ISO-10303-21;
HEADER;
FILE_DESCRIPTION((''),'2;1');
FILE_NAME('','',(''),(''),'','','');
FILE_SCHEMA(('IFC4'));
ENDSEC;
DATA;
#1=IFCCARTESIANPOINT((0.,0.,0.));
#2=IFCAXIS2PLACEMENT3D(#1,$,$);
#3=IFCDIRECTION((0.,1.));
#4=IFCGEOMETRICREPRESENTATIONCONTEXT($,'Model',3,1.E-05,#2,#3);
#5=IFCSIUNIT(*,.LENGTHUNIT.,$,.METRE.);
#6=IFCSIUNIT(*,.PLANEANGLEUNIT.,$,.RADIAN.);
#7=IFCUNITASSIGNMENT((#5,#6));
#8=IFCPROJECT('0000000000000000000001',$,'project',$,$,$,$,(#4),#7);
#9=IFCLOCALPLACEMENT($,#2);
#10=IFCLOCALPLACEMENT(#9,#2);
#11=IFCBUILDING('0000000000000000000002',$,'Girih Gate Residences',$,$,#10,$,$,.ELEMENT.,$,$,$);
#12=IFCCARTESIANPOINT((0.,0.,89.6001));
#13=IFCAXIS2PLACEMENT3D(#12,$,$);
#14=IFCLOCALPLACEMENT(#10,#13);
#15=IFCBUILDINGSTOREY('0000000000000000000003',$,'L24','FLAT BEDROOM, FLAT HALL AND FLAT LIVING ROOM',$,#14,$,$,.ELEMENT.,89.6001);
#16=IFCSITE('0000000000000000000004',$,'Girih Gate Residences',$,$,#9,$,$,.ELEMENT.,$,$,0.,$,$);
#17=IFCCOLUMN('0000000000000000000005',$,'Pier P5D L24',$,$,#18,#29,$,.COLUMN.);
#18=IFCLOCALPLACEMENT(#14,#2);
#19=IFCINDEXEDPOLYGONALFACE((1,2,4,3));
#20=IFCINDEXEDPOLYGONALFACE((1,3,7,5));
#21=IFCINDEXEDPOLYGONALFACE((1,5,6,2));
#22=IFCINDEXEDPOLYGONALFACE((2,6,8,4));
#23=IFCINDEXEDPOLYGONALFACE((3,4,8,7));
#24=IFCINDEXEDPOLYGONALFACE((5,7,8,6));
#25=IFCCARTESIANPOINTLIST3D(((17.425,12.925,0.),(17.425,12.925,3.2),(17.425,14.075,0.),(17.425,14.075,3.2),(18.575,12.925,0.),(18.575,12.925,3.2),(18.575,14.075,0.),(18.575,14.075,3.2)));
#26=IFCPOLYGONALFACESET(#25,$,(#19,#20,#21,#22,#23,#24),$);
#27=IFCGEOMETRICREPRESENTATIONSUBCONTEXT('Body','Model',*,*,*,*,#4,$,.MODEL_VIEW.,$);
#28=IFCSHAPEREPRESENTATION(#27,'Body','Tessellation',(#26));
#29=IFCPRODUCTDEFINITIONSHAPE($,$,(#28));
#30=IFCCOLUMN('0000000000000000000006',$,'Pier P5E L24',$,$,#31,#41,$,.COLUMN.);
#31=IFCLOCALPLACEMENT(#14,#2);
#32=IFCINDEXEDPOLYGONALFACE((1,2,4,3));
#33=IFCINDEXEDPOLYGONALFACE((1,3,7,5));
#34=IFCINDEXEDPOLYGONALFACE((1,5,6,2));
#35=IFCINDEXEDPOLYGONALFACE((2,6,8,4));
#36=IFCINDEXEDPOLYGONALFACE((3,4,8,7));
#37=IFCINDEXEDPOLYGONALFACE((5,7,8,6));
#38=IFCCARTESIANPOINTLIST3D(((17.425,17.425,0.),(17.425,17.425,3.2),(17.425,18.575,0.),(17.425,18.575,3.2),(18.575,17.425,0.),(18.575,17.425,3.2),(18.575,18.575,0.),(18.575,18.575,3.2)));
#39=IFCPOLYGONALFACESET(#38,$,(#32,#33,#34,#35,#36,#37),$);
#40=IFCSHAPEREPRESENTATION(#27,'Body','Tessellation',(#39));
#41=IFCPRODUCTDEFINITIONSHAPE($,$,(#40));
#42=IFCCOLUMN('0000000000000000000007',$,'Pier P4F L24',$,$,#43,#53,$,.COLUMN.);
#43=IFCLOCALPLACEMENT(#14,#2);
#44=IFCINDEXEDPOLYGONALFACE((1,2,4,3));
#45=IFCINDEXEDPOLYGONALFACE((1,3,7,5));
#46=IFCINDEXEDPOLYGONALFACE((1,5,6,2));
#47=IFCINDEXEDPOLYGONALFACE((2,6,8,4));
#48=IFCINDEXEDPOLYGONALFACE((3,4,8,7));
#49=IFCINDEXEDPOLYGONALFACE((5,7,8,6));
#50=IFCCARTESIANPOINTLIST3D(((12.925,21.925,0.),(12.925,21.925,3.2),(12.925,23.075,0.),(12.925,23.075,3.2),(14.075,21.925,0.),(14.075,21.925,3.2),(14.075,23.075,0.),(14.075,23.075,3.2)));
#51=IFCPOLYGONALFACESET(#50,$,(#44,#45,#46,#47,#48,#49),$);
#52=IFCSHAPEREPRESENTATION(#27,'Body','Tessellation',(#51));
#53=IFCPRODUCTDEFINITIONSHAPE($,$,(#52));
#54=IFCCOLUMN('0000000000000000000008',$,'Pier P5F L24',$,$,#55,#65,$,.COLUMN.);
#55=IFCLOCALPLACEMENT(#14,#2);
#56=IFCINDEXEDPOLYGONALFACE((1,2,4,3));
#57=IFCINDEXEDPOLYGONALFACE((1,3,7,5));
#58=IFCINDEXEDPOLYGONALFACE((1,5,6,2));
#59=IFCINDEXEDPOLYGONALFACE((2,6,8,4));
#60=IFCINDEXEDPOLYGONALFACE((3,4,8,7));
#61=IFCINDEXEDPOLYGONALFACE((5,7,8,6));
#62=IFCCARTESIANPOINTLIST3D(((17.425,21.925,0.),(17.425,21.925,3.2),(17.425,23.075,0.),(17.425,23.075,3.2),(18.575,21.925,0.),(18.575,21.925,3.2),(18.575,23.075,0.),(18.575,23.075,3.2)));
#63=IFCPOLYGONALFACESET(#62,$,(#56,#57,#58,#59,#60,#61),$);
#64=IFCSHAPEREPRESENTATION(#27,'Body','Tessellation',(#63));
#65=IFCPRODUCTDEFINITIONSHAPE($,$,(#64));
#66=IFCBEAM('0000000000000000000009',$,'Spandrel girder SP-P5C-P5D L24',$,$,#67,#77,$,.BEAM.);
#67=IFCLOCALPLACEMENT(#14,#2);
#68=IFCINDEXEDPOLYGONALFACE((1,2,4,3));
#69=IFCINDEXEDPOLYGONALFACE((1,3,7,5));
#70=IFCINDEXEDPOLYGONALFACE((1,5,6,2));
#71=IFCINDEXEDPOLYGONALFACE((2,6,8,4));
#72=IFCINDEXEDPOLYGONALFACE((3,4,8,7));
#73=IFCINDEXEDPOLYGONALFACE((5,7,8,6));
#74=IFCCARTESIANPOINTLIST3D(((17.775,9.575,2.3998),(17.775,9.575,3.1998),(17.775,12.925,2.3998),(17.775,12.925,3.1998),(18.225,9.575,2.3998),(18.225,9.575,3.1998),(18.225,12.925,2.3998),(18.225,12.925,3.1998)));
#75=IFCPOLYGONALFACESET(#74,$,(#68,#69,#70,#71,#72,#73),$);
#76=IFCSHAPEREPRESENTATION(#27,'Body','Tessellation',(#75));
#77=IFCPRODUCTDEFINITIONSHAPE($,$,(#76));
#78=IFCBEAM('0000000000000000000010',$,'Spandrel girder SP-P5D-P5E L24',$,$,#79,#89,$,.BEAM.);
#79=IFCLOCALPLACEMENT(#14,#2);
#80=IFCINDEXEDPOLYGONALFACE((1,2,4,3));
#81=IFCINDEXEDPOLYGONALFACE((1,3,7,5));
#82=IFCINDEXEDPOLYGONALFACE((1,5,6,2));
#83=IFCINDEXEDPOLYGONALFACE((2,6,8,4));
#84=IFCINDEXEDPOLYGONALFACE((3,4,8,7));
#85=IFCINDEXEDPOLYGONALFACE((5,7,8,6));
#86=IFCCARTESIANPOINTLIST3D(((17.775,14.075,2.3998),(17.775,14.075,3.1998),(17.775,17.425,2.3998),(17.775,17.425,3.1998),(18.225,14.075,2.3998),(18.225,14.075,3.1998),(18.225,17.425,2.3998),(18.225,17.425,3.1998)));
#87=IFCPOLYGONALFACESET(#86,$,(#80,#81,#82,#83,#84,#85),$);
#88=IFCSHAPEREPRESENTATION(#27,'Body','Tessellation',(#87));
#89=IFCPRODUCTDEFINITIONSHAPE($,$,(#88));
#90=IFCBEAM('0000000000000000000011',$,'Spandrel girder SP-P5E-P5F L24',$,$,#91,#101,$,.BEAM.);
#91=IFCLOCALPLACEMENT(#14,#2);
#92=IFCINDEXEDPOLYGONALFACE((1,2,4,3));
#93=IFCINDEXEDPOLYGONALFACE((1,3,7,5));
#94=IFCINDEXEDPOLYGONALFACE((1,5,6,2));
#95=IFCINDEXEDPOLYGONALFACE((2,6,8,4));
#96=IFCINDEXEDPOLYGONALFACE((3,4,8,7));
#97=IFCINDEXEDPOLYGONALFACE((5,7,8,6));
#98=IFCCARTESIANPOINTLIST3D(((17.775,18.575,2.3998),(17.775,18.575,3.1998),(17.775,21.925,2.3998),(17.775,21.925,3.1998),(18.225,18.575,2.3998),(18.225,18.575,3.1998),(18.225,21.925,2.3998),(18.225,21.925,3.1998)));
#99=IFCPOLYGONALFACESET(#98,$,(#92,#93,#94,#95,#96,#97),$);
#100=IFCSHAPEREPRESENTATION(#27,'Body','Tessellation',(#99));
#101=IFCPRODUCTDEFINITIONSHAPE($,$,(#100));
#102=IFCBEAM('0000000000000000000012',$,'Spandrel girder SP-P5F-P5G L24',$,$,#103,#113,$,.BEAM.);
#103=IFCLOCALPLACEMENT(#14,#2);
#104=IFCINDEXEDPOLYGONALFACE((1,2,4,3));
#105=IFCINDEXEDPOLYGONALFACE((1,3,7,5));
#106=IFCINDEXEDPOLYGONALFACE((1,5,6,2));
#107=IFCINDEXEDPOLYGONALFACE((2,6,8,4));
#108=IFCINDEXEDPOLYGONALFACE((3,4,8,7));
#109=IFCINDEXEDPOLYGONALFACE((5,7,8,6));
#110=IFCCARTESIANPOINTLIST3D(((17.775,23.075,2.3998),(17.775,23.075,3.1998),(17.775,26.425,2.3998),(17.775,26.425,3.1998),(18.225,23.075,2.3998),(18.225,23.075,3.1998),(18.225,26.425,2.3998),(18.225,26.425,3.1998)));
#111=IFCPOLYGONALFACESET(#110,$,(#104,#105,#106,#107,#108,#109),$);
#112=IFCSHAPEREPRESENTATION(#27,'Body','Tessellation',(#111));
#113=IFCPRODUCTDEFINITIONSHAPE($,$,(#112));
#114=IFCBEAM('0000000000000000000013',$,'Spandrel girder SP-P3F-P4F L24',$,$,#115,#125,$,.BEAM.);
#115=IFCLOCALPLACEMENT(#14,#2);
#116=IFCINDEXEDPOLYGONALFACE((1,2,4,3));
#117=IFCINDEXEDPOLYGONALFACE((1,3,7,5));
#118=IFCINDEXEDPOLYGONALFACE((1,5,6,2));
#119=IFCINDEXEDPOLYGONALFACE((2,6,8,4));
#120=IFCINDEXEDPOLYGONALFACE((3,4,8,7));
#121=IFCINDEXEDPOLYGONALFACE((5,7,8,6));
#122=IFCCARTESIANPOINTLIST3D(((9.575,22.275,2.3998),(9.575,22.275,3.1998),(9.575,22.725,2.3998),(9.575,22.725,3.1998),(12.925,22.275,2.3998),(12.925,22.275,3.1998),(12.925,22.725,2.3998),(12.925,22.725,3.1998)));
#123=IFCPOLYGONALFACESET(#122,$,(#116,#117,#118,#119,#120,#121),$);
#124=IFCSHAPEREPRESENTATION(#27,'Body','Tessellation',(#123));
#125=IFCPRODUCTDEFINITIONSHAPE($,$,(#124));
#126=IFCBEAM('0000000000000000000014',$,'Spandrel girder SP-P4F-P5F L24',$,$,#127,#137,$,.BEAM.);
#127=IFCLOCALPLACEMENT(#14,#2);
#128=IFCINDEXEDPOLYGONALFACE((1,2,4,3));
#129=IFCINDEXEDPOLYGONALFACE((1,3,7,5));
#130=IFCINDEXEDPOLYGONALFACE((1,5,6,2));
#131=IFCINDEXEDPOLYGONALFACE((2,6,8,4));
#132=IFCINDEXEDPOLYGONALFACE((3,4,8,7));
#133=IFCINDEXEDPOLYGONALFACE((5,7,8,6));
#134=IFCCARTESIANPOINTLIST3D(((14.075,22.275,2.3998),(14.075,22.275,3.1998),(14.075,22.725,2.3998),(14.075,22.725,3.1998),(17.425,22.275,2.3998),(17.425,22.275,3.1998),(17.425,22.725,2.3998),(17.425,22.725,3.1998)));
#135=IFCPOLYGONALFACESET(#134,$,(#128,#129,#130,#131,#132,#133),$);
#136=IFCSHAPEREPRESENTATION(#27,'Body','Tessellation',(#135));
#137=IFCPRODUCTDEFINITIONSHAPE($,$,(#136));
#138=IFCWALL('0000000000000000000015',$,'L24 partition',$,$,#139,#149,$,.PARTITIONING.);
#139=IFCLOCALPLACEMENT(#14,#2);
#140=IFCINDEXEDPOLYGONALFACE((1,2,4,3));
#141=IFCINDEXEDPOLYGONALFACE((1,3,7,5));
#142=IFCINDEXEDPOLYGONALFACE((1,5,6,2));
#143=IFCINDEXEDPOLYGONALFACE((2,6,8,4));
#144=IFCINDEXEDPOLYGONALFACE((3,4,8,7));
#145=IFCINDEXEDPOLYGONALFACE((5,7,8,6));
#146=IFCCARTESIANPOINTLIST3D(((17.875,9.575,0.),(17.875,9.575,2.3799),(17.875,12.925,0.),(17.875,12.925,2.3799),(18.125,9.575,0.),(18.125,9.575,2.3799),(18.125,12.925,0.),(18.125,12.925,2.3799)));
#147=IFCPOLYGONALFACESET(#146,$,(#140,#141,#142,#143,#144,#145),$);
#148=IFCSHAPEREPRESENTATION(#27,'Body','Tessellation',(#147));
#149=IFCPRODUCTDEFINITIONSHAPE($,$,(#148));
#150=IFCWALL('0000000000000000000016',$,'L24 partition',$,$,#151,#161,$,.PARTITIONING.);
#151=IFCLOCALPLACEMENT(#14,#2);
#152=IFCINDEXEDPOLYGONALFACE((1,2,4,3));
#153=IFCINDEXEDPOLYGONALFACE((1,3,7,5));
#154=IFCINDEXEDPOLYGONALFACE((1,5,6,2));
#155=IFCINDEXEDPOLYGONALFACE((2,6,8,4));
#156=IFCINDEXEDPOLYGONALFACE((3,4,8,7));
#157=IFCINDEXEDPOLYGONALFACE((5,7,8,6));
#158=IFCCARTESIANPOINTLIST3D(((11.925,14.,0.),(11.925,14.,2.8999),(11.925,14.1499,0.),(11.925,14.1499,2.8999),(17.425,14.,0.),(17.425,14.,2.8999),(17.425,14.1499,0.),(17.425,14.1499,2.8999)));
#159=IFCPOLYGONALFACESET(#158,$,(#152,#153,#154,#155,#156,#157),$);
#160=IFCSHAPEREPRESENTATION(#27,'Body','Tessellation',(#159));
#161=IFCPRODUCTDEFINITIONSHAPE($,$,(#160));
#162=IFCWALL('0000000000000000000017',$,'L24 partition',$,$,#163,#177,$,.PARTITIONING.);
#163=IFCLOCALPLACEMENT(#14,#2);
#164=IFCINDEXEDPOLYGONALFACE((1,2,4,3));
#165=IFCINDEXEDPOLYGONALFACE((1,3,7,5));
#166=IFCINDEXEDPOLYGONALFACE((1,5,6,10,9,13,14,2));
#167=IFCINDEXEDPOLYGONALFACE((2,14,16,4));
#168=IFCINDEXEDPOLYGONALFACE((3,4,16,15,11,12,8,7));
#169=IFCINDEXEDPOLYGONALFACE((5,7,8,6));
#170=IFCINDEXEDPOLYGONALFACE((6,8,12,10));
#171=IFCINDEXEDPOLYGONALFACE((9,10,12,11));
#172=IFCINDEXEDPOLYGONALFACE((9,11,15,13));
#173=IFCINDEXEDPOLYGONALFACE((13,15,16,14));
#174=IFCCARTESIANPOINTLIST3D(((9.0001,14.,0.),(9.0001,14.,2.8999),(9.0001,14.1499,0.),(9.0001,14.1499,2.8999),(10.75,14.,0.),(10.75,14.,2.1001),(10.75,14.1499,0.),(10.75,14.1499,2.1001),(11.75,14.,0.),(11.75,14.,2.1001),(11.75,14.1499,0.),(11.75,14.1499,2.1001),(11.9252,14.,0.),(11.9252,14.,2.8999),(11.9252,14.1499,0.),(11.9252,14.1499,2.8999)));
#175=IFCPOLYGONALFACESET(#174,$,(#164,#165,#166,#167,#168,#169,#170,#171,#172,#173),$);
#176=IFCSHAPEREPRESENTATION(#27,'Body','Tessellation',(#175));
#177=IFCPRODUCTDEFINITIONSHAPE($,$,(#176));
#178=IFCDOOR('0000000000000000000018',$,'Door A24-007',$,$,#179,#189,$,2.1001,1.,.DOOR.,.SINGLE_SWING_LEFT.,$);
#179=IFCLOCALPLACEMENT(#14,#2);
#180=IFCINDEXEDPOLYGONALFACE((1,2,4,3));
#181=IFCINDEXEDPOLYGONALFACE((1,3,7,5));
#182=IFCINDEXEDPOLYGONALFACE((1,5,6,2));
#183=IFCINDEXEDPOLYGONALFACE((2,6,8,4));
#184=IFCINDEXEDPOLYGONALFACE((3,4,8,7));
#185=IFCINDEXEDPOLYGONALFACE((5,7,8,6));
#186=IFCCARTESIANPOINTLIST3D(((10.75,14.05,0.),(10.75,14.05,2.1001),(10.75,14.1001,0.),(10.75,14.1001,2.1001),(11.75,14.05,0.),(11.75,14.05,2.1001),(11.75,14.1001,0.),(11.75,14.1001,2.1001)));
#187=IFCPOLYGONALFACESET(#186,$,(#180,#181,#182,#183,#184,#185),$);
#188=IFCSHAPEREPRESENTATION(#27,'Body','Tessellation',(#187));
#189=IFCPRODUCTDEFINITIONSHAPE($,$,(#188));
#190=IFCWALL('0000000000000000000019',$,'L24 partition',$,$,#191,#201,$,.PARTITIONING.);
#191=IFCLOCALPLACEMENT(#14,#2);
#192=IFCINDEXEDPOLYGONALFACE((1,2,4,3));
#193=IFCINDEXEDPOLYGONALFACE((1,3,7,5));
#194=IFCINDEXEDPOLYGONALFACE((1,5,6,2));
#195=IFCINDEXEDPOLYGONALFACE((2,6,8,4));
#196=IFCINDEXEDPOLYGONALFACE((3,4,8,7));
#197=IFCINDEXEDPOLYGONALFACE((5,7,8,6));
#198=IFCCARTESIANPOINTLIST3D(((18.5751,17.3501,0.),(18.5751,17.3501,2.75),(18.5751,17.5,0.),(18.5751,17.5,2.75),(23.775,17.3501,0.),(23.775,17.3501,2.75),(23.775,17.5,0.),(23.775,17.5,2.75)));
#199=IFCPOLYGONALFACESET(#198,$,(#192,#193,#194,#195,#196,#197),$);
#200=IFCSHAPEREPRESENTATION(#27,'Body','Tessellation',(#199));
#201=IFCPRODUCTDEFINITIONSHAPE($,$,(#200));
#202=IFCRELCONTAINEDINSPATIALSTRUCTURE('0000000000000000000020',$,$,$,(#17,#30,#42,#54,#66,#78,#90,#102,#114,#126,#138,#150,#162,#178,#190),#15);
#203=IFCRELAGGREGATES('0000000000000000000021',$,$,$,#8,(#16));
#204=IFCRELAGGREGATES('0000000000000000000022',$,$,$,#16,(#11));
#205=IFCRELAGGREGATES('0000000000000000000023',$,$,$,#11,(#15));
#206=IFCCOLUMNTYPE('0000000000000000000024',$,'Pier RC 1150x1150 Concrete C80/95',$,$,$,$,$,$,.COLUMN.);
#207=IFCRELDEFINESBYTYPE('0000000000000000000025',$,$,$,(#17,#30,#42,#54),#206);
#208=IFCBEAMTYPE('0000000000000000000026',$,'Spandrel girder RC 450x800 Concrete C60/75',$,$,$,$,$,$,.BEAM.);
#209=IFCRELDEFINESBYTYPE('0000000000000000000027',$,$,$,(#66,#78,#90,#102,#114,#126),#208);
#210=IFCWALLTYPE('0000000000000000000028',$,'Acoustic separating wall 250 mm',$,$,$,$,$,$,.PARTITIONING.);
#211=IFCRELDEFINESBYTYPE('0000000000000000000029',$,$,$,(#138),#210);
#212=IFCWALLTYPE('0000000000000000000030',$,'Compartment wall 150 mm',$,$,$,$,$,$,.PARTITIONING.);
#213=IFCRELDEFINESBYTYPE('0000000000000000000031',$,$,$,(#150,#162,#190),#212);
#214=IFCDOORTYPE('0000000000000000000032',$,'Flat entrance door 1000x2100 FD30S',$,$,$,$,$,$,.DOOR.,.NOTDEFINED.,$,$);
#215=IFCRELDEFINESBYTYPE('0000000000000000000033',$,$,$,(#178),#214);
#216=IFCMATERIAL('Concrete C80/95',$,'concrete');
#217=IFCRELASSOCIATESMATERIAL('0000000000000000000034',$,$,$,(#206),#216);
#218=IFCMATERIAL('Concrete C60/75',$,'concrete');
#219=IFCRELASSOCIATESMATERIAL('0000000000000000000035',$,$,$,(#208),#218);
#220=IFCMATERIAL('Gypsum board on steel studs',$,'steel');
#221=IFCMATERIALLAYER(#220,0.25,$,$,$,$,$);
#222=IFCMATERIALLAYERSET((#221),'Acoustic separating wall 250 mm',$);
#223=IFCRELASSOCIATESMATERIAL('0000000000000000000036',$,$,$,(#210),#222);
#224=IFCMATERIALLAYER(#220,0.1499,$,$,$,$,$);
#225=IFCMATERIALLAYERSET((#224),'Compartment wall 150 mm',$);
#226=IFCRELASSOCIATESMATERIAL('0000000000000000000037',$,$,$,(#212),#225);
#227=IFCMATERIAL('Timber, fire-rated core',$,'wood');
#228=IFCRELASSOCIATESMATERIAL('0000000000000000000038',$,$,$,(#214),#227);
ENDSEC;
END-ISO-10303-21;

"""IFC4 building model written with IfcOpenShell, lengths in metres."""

from ifc_helpers import new_model, si_unit, direction, frame, frame_2d, origin, origin_2d, place, context, subcontext, project, spatial, rectangle, extrude, material, layer, layer_set, material_profile, profile_set, type_object, element, fill, save


model = new_model("IFC4")

# Units and contexts
model_context = context("Model", 3, precision=1e-05, world=origin(), true_north=direction((0.0, 1.0)))
body_context = subcontext(model_context, "Body", "Model", "MODEL_VIEW")
ifc_project = project(units=[si_unit("LENGTHUNIT", "METRE"), si_unit("PLANEANGLEUNIT", "RADIAN")], contexts=[model_context])

# Site, building, storey
site_placement = place(None, origin())
site = spatial("IfcSite", under=ifc_project, at=site_placement, Name="Girih Gate Residences", CompositionType="ELEMENT", RefElevation=0.0)
building_placement = place(site_placement, origin())
building = spatial("IfcBuilding", under=site, at=building_placement, Name="Girih Gate Residences", CompositionType="ELEMENT")
storey_placement = place(building_placement, frame((0.0, 0.0, 89.6001)))
storey = spatial("IfcBuildingStorey", under=building, at=storey_placement, Name="L24", Description="FLAT BEDROOM, FLAT HALL AND FLAT LIVING ROOM", CompositionType="ELEMENT", Elevation=89.6001)

# Columns
ifc_material_1 = material(Name="Concrete C80/95", Category="concrete")
ifc_material_profile_1 = material_profile(ifc_material_1, rectangle(XDim=1.1499, YDim=1.1499, at=origin_2d()))
ifc_profile_set_1 = profile_set([ifc_material_profile_1], Name="Concrete C80/95")
column_type = type_object("IfcColumnType", Name="Pier RC 1150x1150 Concrete C80/95", PredefinedType="COLUMN", material=ifc_profile_set_1)
for number, where, z_axis, x_axis, name in (
    (1, (18.0, 13.5, 0.0), (0.0, 0.0, 1.0), (1.0, 0.0, 0.0), "Pier P5D L24"),
    (2, (18.0, 18.0, 0.0), (0.0, 0.0, 1.0), (1.0, 0.0, 0.0), "Pier P5E L24"),
    (3, (13.5, 22.5, 0.0), (0.0, 0.0, 1.0), (1.0, 0.0, 0.0), "Pier P4F L24"),
    (4, (18.0, 22.5, 0.0), (0.0, 0.0, 1.0), (1.0, 0.0, 0.0), "Pier P5F L24"),
):
    element("IfcColumn", number, at=place(storey_placement, frame(where, z_axis=z_axis, x_axis=x_axis)), inside=storey, type_object=column_type, Name=name, PredefinedType="COLUMN", context=body_context, shape_type="SweptSolid", body=[
        extrude(rectangle(XDim=1.1499, YDim=1.1499, at=origin_2d()), origin(), (0.0, 0.0, 1.0), 3.2),
    ])

# Beams
ifc_material_2 = material(Name="Concrete C60/75", Category="concrete")
ifc_material_profile_2 = material_profile(ifc_material_2, rectangle(XDim=0.45, YDim=0.8, at=origin_2d()))
ifc_profile_set_2 = profile_set([ifc_material_profile_2], Name="Concrete C60/75")
beam_type = type_object("IfcBeamType", Name="Spandrel girder RC 450x800 Concrete C60/75", PredefinedType="BEAM", material=ifc_profile_set_2)
for number, where, z_axis, x_axis, name in (
    (5, (18.0, 9.575, 2.7998), (0.0, 1.0, 0.0), (-1.0, 0.0, 0.0), "Spandrel girder SP-P5C-P5D L24"),
    (6, (18.0, 14.075, 2.7998), (0.0, 1.0, 0.0), (-1.0, 0.0, 0.0), "Spandrel girder SP-P5D-P5E L24"),
    (7, (18.0, 18.575, 2.7998), (0.0, 1.0, 0.0), (-1.0, 0.0, 0.0), "Spandrel girder SP-P5E-P5F L24"),
    (8, (18.0, 23.075, 2.7998), (0.0, 1.0, 0.0), (-1.0, 0.0, 0.0), "Spandrel girder SP-P5F-P5G L24"),
    (9, (9.575, 22.5, 2.7998), (1.0, 0.0, 0.0), (0.0, 1.0, 0.0), "Spandrel girder SP-P3F-P4F L24"),
    (10, (14.075, 22.5, 2.7998), (1.0, 0.0, 0.0), (0.0, 1.0, 0.0), "Spandrel girder SP-P4F-P5F L24"),
):
    element("IfcBeam", number, at=place(storey_placement, frame(where, z_axis=z_axis, x_axis=x_axis)), inside=storey, type_object=beam_type, Name=name, PredefinedType="BEAM", context=body_context, shape_type="SweptSolid", body=[
        extrude(rectangle(XDim=0.45, YDim=0.8, at=origin_2d()), origin(), (0.0, 0.0, 1.0), 3.3501),
    ])

# Walls
ifc_material_3 = material(Name="Gypsum board on steel studs", Category="steel")
ifc_layer_1 = layer(ifc_material_3, 0.25)
ifc_layer_set_1 = layer_set([ifc_layer_1], Name="Acoustic separating wall 250 mm")
wall_type_1 = type_object("IfcWallType", Name="Acoustic separating wall 250 mm", PredefinedType="PARTITIONING", material=ifc_layer_set_1)
wall_1_placement = place(storey_placement, frame((18.0, 9.575, 0.0), z_axis=(0.0, 0.0, 1.0), x_axis=(0.0, 1.0, 0.0)))
element("IfcWall", 11, at=wall_1_placement, inside=storey, type_object=wall_type_1, Name="L24 partition", PredefinedType="PARTITIONING", context=body_context, shape_type="SweptSolid", body=[
    extrude(rectangle(XDim=3.3501, YDim=0.25, at=frame_2d((1.675, 0.0))), origin(), (0.0, 0.0, 1.0), 2.3799),
])
ifc_layer_2 = layer(ifc_material_3, 0.1499)
ifc_layer_set_2 = layer_set([ifc_layer_2], Name="Compartment wall 150 mm")
wall_type_2 = type_object("IfcWallType", Name="Compartment wall 150 mm", PredefinedType="PARTITIONING", material=ifc_layer_set_2)
wall_2_placement = place(storey_placement, frame((11.925, 14.075, 0.0), z_axis=(0.0, 0.0, 1.0), x_axis=(1.0, 0.0, 0.0)))
element("IfcWall", 12, at=wall_2_placement, inside=storey, type_object=wall_type_2, Name="L24 partition", PredefinedType="PARTITIONING", context=body_context, shape_type="SweptSolid", body=[
    extrude(rectangle(XDim=5.5, YDim=0.1499, at=frame_2d((2.75, 0.0))), origin(), (0.0, 0.0, 1.0), 2.8999),
])

# Wall, opening, door
wall_3_placement = place(storey_placement, frame((11.925, 14.075, 0.0), z_axis=(0.0, 0.0, 1.0), x_axis=(-1.0, 0.0, 0.0)))
wall_3 = element("IfcWall", 13, at=wall_3_placement, inside=storey, type_object=wall_type_2, Name="L24 partition", PredefinedType="PARTITIONING", context=body_context, shape_type="SweptSolid", body=[
    extrude(rectangle(XDim=2.925, YDim=0.1499, at=frame_2d((1.4624, 0.0))), origin(), (0.0, 0.0, 1.0), 2.8999),
])
opening_1_placement = place(wall_3_placement, frame((0.175, 0.0, 0.0)))
opening_1 = element("IfcOpeningElement", 14, at=opening_1_placement, cuts=wall_3, PredefinedType="OPENING", context=body_context, shape_type="SweptSolid", body=[
    extrude(rectangle(XDim=1.0, YDim=2.1001, at=frame_2d((0.5, 1.05))), frame((0.0, 0.085, 0.0), z_axis=(0.0, -1.0, 0.0), x_axis=(1.0, 0.0, 0.0)), (0.0, 0.0, 1.0), 0.1699),
])
ifc_material_4 = material(Name="Timber, fire-rated core", Category="wood")
door_type_1 = type_object("IfcDoorType", Name="Flat entrance door 1000x2100 FD30S", OperationType="NOTDEFINED", PredefinedType="DOOR", material=ifc_material_4)
door_1_placement = place(opening_1_placement, origin())
door_1 = element("IfcDoor", 15, at=door_1_placement, inside=storey, type_object=door_type_1, Name="Door A24-007", OperationType="SINGLE_SWING_LEFT", OverallHeight=2.1001, OverallWidth=1.0, PredefinedType="DOOR", context=body_context, shape_type="SweptSolid", body=[
    extrude(rectangle(XDim=1.0, YDim=2.1001, at=frame_2d((0.5, 1.05))), frame((0.0, 0.0249, 0.0), z_axis=(0.0, -1.0, 0.0), x_axis=(1.0, 0.0, 0.0)), (0.0, 0.0, 1.0), 0.05),
])
fill(opening_1, door_1)

# Wall
wall_4_placement = place(storey_placement, frame((18.575, 17.425, 0.0), z_axis=(0.0, 0.0, 1.0), x_axis=(1.0, 0.0, 0.0)))
element("IfcWall", 16, at=wall_4_placement, inside=storey, type_object=wall_type_2, Name="L24 partition", PredefinedType="PARTITIONING", context=body_context, shape_type="SweptSolid", body=[
    extrude(rectangle(XDim=5.2, YDim=0.1499, at=frame_2d((2.6001, 0.0))), origin(), (0.0, 0.0, 1.0), 2.75),
])

save(model, "model.ifc")
